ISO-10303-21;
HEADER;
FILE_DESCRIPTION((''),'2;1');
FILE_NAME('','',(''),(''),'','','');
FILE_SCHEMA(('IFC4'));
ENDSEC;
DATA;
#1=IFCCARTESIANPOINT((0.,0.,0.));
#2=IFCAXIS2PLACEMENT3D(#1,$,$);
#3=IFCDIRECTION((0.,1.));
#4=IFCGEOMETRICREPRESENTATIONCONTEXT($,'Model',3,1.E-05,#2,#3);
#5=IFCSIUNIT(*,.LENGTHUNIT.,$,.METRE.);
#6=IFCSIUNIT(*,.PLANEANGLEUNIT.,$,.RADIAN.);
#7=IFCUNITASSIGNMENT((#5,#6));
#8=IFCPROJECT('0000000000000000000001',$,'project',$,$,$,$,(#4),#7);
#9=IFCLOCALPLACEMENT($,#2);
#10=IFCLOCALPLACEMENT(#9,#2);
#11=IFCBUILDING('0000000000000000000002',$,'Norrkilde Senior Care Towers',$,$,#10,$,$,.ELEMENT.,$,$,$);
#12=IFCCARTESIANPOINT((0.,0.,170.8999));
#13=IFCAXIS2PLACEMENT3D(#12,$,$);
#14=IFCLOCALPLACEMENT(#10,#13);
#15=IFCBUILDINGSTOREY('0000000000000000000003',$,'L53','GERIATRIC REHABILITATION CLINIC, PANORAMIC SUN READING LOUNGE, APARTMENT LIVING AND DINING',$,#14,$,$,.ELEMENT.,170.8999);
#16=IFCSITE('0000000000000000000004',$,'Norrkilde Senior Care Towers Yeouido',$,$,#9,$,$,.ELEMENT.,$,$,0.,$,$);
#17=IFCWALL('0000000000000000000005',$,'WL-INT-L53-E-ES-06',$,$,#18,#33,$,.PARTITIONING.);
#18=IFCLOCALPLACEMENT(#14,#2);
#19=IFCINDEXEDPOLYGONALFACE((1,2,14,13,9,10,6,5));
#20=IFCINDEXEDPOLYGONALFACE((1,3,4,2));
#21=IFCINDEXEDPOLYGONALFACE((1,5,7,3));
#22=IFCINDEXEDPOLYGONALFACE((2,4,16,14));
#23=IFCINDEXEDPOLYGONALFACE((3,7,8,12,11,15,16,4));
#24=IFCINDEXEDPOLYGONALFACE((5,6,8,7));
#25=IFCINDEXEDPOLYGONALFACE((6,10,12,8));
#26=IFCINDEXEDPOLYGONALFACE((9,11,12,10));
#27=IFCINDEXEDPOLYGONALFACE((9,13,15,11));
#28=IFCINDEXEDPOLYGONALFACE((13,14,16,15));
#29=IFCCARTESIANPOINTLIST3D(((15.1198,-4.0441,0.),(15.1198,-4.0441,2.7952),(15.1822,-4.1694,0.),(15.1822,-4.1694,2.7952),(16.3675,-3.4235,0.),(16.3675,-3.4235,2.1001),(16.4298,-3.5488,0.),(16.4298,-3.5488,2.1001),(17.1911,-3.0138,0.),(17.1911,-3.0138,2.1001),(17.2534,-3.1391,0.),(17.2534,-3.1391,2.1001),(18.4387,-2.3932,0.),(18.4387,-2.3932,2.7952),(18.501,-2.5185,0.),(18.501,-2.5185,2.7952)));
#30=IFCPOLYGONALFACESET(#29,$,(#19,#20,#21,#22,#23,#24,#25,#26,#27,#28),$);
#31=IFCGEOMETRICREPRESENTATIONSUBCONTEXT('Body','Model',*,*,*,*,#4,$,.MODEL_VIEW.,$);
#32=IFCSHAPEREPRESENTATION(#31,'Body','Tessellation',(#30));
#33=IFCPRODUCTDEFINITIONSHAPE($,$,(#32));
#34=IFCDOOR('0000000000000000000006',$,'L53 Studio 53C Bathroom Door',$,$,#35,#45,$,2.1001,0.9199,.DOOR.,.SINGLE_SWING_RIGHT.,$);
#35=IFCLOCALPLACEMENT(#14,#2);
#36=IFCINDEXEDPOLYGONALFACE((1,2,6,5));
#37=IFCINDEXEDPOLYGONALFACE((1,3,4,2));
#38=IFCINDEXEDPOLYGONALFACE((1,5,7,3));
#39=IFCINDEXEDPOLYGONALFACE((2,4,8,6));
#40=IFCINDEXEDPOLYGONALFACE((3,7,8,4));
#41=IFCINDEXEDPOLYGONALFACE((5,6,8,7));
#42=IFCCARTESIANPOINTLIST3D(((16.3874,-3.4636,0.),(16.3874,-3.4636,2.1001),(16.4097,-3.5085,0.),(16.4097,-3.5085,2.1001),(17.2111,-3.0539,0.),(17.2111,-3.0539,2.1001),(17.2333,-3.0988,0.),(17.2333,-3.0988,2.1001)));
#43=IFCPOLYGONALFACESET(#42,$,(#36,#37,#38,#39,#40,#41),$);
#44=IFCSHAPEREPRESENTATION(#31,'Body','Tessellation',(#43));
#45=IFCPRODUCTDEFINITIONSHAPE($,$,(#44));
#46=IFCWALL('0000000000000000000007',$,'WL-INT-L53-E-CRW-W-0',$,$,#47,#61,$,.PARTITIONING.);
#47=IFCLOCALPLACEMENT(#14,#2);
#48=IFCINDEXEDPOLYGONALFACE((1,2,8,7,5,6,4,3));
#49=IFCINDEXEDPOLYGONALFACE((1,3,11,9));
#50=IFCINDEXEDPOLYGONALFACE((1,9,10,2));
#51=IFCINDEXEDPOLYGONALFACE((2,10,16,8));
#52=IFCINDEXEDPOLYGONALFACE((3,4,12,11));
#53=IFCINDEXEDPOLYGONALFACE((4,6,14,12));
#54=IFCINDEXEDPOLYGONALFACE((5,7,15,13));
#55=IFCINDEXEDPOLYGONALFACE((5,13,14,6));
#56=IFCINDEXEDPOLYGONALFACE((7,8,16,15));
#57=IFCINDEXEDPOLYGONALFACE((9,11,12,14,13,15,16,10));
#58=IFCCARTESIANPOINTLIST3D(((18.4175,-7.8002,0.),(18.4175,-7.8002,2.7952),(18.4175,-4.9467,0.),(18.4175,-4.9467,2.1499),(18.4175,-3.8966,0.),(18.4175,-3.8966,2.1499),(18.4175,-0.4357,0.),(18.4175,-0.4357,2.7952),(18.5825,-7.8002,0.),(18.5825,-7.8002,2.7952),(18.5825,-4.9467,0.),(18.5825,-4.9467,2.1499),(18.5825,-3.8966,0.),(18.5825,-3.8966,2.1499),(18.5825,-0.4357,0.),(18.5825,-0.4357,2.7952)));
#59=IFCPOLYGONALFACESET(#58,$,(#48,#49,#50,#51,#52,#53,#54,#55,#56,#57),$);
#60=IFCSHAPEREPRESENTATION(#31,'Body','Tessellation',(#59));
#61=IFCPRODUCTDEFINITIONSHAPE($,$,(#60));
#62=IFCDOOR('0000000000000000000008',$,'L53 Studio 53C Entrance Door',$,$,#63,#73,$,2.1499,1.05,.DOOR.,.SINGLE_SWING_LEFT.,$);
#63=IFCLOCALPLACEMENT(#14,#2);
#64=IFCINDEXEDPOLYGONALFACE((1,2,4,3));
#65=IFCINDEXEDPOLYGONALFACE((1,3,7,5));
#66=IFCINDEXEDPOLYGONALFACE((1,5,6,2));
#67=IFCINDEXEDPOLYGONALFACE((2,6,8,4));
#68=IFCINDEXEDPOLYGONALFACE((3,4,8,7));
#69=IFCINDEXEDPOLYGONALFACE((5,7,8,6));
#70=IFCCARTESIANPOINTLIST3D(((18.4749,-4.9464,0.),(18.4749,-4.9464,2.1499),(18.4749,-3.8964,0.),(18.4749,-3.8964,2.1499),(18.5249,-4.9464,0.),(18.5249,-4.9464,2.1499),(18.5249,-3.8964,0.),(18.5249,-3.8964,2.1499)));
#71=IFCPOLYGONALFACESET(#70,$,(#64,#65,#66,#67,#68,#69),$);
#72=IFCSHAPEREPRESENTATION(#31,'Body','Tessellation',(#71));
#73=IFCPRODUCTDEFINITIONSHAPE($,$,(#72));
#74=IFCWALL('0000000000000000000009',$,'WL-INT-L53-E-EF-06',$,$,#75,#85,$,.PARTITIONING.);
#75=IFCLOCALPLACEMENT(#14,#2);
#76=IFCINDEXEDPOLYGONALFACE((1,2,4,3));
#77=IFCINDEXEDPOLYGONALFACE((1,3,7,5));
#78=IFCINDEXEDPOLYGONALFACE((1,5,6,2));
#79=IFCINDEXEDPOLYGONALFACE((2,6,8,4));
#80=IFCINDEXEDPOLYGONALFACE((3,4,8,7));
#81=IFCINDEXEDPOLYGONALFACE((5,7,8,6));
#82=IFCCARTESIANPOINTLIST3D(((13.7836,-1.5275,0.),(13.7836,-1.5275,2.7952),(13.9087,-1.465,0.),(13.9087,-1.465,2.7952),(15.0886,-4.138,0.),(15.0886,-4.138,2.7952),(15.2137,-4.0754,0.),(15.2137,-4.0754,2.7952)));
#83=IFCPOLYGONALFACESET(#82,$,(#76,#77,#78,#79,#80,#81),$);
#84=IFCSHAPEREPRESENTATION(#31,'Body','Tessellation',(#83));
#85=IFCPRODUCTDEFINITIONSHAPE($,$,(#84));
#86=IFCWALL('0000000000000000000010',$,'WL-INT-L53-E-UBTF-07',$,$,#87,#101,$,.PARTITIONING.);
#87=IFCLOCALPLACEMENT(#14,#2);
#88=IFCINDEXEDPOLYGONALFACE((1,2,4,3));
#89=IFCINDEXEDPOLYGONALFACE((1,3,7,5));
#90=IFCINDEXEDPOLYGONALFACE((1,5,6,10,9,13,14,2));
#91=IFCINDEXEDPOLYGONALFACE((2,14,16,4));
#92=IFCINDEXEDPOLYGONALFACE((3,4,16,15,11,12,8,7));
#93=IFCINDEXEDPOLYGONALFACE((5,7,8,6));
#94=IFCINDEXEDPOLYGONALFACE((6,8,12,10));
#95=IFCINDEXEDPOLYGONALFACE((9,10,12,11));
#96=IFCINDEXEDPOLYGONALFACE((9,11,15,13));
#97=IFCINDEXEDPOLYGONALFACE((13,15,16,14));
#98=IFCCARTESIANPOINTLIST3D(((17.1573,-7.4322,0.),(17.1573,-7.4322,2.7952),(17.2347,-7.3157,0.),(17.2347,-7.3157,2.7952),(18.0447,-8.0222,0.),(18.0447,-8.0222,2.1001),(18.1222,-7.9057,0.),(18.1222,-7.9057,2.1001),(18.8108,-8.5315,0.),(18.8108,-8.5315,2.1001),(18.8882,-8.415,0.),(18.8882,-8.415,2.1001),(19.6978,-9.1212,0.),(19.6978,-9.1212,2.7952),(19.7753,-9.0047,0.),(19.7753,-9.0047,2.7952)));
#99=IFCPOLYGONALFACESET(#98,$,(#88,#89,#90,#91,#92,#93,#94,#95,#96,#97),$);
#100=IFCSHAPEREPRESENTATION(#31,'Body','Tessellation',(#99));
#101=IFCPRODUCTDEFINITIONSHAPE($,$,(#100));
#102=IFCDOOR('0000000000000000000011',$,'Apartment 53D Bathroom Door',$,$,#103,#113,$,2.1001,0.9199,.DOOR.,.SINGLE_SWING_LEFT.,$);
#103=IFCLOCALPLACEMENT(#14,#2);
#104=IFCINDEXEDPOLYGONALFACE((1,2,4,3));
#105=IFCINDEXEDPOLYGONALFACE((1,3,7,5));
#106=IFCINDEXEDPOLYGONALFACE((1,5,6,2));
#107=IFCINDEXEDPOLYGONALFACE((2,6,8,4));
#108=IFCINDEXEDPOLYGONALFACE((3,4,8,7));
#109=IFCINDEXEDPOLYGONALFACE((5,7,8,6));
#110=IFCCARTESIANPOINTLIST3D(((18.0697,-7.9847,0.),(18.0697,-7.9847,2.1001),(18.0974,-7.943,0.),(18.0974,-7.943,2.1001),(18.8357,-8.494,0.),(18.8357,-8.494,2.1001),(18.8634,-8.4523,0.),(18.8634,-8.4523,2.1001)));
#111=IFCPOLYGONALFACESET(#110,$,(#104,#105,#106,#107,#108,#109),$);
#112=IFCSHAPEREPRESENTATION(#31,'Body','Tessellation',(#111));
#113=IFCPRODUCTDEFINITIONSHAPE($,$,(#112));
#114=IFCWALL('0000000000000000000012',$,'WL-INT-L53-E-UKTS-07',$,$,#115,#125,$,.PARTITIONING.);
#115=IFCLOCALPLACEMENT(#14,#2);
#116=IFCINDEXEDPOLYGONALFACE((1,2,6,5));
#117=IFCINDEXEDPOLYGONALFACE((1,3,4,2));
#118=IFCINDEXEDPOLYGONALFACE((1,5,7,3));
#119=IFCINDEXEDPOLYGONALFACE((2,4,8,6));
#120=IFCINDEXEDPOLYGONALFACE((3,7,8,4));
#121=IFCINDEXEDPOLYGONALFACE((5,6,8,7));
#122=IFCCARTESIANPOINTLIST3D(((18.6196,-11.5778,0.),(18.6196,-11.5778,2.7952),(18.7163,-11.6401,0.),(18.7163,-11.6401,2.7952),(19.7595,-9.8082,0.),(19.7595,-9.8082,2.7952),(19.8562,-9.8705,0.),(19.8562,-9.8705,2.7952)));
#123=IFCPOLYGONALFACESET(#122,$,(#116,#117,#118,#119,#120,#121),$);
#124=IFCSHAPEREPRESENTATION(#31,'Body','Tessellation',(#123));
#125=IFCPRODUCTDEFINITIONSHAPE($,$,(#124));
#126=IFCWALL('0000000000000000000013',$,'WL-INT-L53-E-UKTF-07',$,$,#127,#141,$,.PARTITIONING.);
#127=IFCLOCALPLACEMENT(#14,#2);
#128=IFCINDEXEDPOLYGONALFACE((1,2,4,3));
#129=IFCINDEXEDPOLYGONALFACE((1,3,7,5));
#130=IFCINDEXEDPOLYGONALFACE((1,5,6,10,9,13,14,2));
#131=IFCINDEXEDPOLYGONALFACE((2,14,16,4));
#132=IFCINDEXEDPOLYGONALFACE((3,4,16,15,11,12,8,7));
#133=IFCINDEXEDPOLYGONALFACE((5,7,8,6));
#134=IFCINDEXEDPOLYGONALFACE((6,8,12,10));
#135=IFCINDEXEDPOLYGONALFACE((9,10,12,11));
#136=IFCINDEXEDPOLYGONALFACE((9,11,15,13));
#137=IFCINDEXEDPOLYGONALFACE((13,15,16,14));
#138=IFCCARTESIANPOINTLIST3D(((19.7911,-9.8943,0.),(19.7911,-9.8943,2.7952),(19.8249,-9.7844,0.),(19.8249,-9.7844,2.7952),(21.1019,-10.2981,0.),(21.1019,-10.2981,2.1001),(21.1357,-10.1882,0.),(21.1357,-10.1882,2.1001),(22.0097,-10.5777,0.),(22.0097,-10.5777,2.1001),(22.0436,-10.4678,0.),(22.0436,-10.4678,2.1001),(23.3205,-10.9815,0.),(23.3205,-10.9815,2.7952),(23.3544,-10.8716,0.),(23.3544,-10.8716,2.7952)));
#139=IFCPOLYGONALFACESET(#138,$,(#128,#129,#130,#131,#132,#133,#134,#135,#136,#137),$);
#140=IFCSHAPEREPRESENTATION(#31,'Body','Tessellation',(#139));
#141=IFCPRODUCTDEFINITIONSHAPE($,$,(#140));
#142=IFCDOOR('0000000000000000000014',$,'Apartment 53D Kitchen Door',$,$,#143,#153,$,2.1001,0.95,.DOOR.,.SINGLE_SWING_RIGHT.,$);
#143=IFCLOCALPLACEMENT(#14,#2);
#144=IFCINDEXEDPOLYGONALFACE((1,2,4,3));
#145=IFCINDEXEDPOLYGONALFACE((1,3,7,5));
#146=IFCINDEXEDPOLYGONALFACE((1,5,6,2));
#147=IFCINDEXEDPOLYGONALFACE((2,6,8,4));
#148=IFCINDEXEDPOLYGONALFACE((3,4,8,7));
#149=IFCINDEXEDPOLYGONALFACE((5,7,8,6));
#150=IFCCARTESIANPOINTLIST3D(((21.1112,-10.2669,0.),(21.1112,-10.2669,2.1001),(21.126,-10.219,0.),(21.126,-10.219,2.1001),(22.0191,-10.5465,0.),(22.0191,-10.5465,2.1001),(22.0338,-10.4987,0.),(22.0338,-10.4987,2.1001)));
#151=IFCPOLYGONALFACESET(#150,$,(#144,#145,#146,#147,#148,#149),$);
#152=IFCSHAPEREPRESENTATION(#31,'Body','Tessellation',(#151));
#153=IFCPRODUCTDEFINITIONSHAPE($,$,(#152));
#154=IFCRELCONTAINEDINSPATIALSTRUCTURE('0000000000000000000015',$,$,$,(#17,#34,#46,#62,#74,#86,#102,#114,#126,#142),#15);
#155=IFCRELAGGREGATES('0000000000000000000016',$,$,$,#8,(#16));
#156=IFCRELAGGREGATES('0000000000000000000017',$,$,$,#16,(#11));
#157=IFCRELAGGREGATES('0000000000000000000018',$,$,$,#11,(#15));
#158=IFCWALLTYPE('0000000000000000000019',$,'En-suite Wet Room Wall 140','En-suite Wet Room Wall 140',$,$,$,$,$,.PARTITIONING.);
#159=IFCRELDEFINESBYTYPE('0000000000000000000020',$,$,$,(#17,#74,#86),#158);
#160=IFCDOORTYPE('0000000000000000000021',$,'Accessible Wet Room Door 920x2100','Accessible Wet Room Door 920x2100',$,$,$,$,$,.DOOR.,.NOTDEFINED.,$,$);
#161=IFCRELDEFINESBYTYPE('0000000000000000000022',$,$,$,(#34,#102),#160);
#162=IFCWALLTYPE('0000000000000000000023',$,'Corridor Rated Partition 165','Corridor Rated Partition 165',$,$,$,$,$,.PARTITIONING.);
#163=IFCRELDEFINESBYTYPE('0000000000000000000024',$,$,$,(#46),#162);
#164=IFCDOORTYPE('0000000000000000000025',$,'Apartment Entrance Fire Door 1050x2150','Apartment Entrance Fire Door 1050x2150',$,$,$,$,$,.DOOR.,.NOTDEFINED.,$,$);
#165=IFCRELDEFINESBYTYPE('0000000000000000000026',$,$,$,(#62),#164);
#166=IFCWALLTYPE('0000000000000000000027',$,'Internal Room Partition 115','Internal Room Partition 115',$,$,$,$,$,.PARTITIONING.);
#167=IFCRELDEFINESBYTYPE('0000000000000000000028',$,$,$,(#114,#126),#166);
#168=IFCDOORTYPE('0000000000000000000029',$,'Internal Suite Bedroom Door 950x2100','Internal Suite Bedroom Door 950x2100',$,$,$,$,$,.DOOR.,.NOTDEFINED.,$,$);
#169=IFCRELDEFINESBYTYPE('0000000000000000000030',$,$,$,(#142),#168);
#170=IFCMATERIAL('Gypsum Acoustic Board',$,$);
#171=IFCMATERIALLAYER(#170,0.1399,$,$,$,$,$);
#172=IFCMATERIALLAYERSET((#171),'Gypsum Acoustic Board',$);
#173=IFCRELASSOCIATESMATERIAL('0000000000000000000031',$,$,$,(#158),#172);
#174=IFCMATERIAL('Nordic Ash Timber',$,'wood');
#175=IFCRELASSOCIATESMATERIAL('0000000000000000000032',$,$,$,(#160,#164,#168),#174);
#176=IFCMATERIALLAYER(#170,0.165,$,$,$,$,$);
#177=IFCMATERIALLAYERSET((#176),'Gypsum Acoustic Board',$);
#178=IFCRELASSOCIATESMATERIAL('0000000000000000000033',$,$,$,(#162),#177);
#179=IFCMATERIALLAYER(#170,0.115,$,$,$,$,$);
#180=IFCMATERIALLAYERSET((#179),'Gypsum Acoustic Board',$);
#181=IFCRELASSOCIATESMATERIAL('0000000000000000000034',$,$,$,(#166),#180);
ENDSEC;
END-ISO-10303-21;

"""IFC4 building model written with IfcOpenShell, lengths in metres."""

from ifc_helpers import new_model, si_unit, direction, frame, frame_2d, origin, place, context, subcontext, project, spatial, rectangle, extrude, source, transform, mapped, material, layer, layer_set, type_object, type_shapes, element, fill, save


model = new_model("IFC4")

# Units and contexts
model_context = context("Model", 3, precision=1e-05, world=origin(), true_north=direction((0.0, 1.0)))
body_context = subcontext(model_context, "Body", "Model", "MODEL_VIEW")
ifc_project = project(units=[si_unit("LENGTHUNIT", "METRE"), si_unit("PLANEANGLEUNIT", "RADIAN")], contexts=[model_context])

# Site, building, storey
site_placement = place(None, origin())
site = spatial("IfcSite", under=ifc_project, at=site_placement, Name="Norrkilde Senior Care Towers Yeouido", CompositionType="ELEMENT", RefElevation=0.0)
building_placement = place(site_placement, origin())
building = spatial("IfcBuilding", under=site, at=building_placement, Name="Norrkilde Senior Care Towers", CompositionType="ELEMENT")
storey_placement = place(building_placement, frame((0.0, 0.0, 170.8999)))
storey = spatial("IfcBuildingStorey", under=building, at=storey_placement, Name="L53", Description="GERIATRIC REHABILITATION CLINIC, PANORAMIC SUN READING LOUNGE, APARTMENT LIVING AND DINING", CompositionType="ELEMENT", Elevation=170.8999)

# Shared definitions
ifc_material_1 = material(Name="Gypsum Acoustic Board")

# Walls, openings, doors
ifc_layer_1 = layer(ifc_material_1, 0.1399)
ifc_layer_set_1 = layer_set([ifc_layer_1], Name="Gypsum Acoustic Board")
wall_type_1 = type_object("IfcWallType", Name="En-suite Wet Room Wall 140", Description="En-suite Wet Room Wall 140", PredefinedType="PARTITIONING", material=ifc_layer_set_1)
shared_shape_1 = source(origin(), body_context, "Body", "SweptSolid", [
    extrude(rectangle(XDim=3.7068, YDim=0.1399, at=frame_2d((1.8535, 0.0))), origin(), (0.0, 0.0, 1.0), 2.7952),
])
wall_1_placement = place(storey_placement, frame((18.47, -2.4558, 0.0), z_axis=(0.0, 0.0, 1.0), x_axis=(-0.895347, -0.445368, 0.0)))
wall_1 = element("IfcWall", 1, at=wall_1_placement, inside=storey, type_object=wall_type_1, Name="WL-INT-L53-E-ES-06", PredefinedType="PARTITIONING", context=body_context, shape_type="MappedRepresentation", body=[
    mapped(shared_shape_1, transform((0.0, 0.0, 0.0), x_axis=(1.0, 0.0, 0.0), y_axis=(0.0, 1.0, 0.0), z_axis=(0.0, 0.0, 1.0), scale=1.0)),
])
opening_1_placement = place(wall_1_placement, frame((1.3936, 0.0, 0.0)))
opening_1 = element("IfcOpeningElement", 2, at=opening_1_placement, cuts=wall_1, PredefinedType="OPENING", context=body_context, shape_type="SweptSolid", body=[
    extrude(rectangle(XDim=0.9199, YDim=2.1001, at=frame_2d((0.46, 1.05))), frame((0.0, 0.0798, 0.0), z_axis=(0.0, -1.0, 0.0), x_axis=(1.0, 0.0, 0.0)), (0.0, 0.0, 1.0), 0.1599),
])
ifc_material_2 = material(Name="Nordic Ash Timber", Category="wood")
door_type_1 = type_object("IfcDoorType", Name="Accessible Wet Room Door 920x2100", Description="Accessible Wet Room Door 920x2100", OperationType="NOTDEFINED", PredefinedType="DOOR", material=ifc_material_2)
shared_shape_2 = source(origin(), body_context, "Body", "SweptSolid", [
    extrude(rectangle(XDim=0.9199, YDim=2.1001, at=frame_2d((0.46, 1.05))), frame((0.0, 0.0249, 0.0), z_axis=(0.0, -1.0, 0.0), x_axis=(1.0, 0.0, 0.0)), (0.0, 0.0, 1.0), 0.05),
])
type_shapes(door_type_1, [shared_shape_2])
door_1_placement = place(opening_1_placement, origin())
door_1 = element("IfcDoor", 3, at=door_1_placement, inside=storey, type_object=door_type_1, Name="L53 Studio 53C Bathroom Door", OperationType="SINGLE_SWING_RIGHT", OverallHeight=2.1001, OverallWidth=0.9199, PredefinedType="DOOR", context=body_context, shape_type="MappedRepresentation", body=[
    mapped(shared_shape_2, transform((0.0, 0.0, 0.0), x_axis=(1.0, 0.0, 0.0), y_axis=(0.0, 1.0, 0.0), z_axis=(0.0, 0.0, 1.0), scale=1.0)),
])
fill(opening_1, door_1)
ifc_layer_2 = layer(ifc_material_1, 0.165)
ifc_layer_set_2 = layer_set([ifc_layer_2], Name="Gypsum Acoustic Board")
wall_type_2 = type_object("IfcWallType", Name="Corridor Rated Partition 165", Description="Corridor Rated Partition 165", PredefinedType="PARTITIONING", material=ifc_layer_set_2)
shared_shape_3 = source(origin(), body_context, "Body", "SweptSolid", [
    extrude(rectangle(XDim=7.3645, YDim=0.165, at=frame_2d((3.6821, 0.0))), origin(), (0.0, 0.0, 1.0), 2.7952),
])
type_shapes(wall_type_2, [shared_shape_3])
wall_2_placement = place(storey_placement, frame((18.5, -7.8, 0.0), z_axis=(0.0, 0.0, 1.0), x_axis=(0.0, 1.0, 0.0)))
wall_2 = element("IfcWall", 4, at=wall_2_placement, inside=storey, type_object=wall_type_2, Name="WL-INT-L53-E-CRW-W-0", PredefinedType="PARTITIONING", context=body_context, shape_type="MappedRepresentation", body=[
    mapped(shared_shape_3, transform((0.0, 0.0, 0.0), x_axis=(1.0, 0.0, 0.0), y_axis=(0.0, 1.0, 0.0), z_axis=(0.0, 0.0, 1.0), scale=1.0)),
])
opening_2_placement = place(wall_2_placement, frame((2.8535, 0.0, 0.0)))
opening_2 = element("IfcOpeningElement", 5, at=opening_2_placement, cuts=wall_2, PredefinedType="OPENING", context=body_context, shape_type="SweptSolid", body=[
    extrude(rectangle(XDim=1.05, YDim=2.1499, at=frame_2d((0.5249, 1.075))), frame((0.0, 0.0925, 0.0), z_axis=(0.0, -1.0, 0.0), x_axis=(1.0, 0.0, 0.0)), (0.0, 0.0, 1.0), 0.1851),
])
door_type_2 = type_object("IfcDoorType", Name="Apartment Entrance Fire Door 1050x2150", Description="Apartment Entrance Fire Door 1050x2150", OperationType="NOTDEFINED", PredefinedType="DOOR", material=ifc_material_2)
shared_shape_4 = source(origin(), body_context, "Body", "SweptSolid", [
    extrude(rectangle(XDim=1.05, YDim=2.1499, at=frame_2d((0.5249, 1.075))), frame((0.0, 0.0249, 0.0), z_axis=(0.0, -1.0, 0.0), x_axis=(1.0, 0.0, 0.0)), (0.0, 0.0, 1.0), 0.05),
])
type_shapes(door_type_2, [shared_shape_4])
door_2_placement = place(opening_2_placement, frame((1.05, 0.0, 0.0), z_axis=(0.0, 0.0, 1.0), x_axis=(-1.0, 0.0, 0.0)))
door_2 = element("IfcDoor", 6, at=door_2_placement, inside=storey, type_object=door_type_2, Name="L53 Studio 53C Entrance Door", OperationType="SINGLE_SWING_LEFT", OverallHeight=2.1499, OverallWidth=1.05, PredefinedType="DOOR", context=body_context, shape_type="MappedRepresentation", body=[
    mapped(shared_shape_4, transform((0.0, 0.0, 0.0), x_axis=(1.0, 0.0, 0.0), y_axis=(0.0, 1.0, 0.0), z_axis=(0.0, 0.0, 1.0), scale=1.0)),
])
fill(opening_2, door_2)

# Wall
shared_shape_5 = source(origin(), body_context, "Body", "SweptSolid", [
    extrude(rectangle(XDim=2.9185, YDim=0.1399, at=frame_2d((1.4592, 0.0))), origin(), (0.0, 0.0, 1.0), 2.7952),
])
wall_3_placement = place(storey_placement, frame((15.1511, -4.1067, 0.0), z_axis=(0.0, 0.0, 1.0), x_axis=(-0.447147, 0.894461, 0.0)))
element("IfcWall", 7, at=wall_3_placement, inside=storey, type_object=wall_type_1, Name="WL-INT-L53-E-EF-06", PredefinedType="PARTITIONING", context=body_context, shape_type="MappedRepresentation", body=[
    mapped(shared_shape_5, transform((0.0, 0.0, 0.0), x_axis=(1.0, 0.0, 0.0), y_axis=(0.0, 1.0, 0.0), z_axis=(0.0, 0.0, 1.0), scale=1.0)),
])

# Wall, opening, door
shared_shape_6 = source(origin(), body_context, "Body", "SweptSolid", [
    extrude(rectangle(XDim=3.0508, YDim=0.1399, at=frame_2d((1.5254, 0.0))), origin(), (0.0, 0.0, 1.0), 2.7952),
])
type_shapes(wall_type_1, [shared_shape_1, shared_shape_5, shared_shape_6])
wall_4_placement = place(storey_placement, frame((19.7366, -9.063, 0.0), z_axis=(0.0, 0.0, 1.0), x_axis=(-0.832764, 0.553629, 0.0)))
wall_4 = element("IfcWall", 8, at=wall_4_placement, inside=storey, type_object=wall_type_1, Name="WL-INT-L53-E-UBTF-07", PredefinedType="PARTITIONING", context=body_context, shape_type="MappedRepresentation", body=[
    mapped(shared_shape_6, transform((0.0, 0.0, 0.0), x_axis=(1.0, 0.0, 0.0), y_axis=(0.0, 1.0, 0.0), z_axis=(0.0, 0.0, 1.0), scale=1.0)),
])
opening_3_placement = place(wall_4_placement, frame((1.0652, 0.0, 0.0)))
opening_3 = element("IfcOpeningElement", 9, at=opening_3_placement, cuts=wall_4, PredefinedType="OPENING", context=body_context, shape_type="SweptSolid", body=[
    extrude(rectangle(XDim=0.9199, YDim=2.1001, at=frame_2d((0.46, 1.05))), frame((0.0, 0.0798, 0.0), z_axis=(0.0, -1.0, 0.0), x_axis=(1.0, 0.0, 0.0)), (0.0, 0.0, 1.0), 0.1599),
])
door_3_placement = place(opening_3_placement, origin())
door_3 = element("IfcDoor", 10, at=door_3_placement, inside=storey, type_object=door_type_1, Name="Apartment 53D Bathroom Door", OperationType="SINGLE_SWING_LEFT", OverallHeight=2.1001, OverallWidth=0.9199, PredefinedType="DOOR", context=body_context, shape_type="MappedRepresentation", body=[
    mapped(shared_shape_2, transform((0.0, 0.0, 0.0), x_axis=(1.0, 0.0, 0.0), y_axis=(0.0, 1.0, 0.0), z_axis=(0.0, 0.0, 1.0), scale=1.0)),
])
fill(opening_3, door_3)

# Wall
ifc_layer_3 = layer(ifc_material_1, 0.115)
ifc_layer_set_3 = layer_set([ifc_layer_3], Name="Gypsum Acoustic Board")
wall_type_3 = type_object("IfcWallType", Name="Internal Room Partition 115", Description="Internal Room Partition 115", PredefinedType="PARTITIONING", material=ifc_layer_set_3)
shared_shape_7 = source(origin(), body_context, "Body", "SweptSolid", [
    extrude(rectangle(XDim=2.105, YDim=0.115, at=frame_2d((1.0525, 0.0))), origin(), (0.0, 0.0, 1.0), 2.7952),
])
wall_5_placement = place(storey_placement, frame((19.8079, -9.8394, 0.0), z_axis=(0.0, 0.0, 1.0), x_axis=(-0.541543, -0.840673, 0.0)))
element("IfcWall", 11, at=wall_5_placement, inside=storey, type_object=wall_type_3, Name="WL-INT-L53-E-UKTS-07", PredefinedType="PARTITIONING", context=body_context, shape_type="MappedRepresentation", body=[
    mapped(shared_shape_7, transform((0.0, 0.0, 0.0), x_axis=(1.0, 0.0, 0.0), y_axis=(0.0, 1.0, 0.0), z_axis=(0.0, 0.0, 1.0), scale=1.0)),
])

# Wall, opening, door
shared_shape_8 = source(origin(), body_context, "Body", "SweptSolid", [
    extrude(rectangle(XDim=3.6931, YDim=0.115, at=frame_2d((1.8467, 0.0))), origin(), (0.0, 0.0, 1.0), 2.7952),
])
type_shapes(wall_type_3, [shared_shape_7, shared_shape_8])
wall_6_placement = place(storey_placement, frame((19.8079, -9.8394, 0.0), z_axis=(0.0, 0.0, 1.0), x_axis=(0.955692, -0.294369, 0.0)))
wall_6 = element("IfcWall", 12, at=wall_6_placement, inside=storey, type_object=wall_type_3, Name="WL-INT-L53-E-UKTF-07", PredefinedType="PARTITIONING", context=body_context, shape_type="MappedRepresentation", body=[
    mapped(shared_shape_8, transform((0.0, 0.0, 0.0), x_axis=(1.0, 0.0, 0.0), y_axis=(0.0, 1.0, 0.0), z_axis=(0.0, 0.0, 1.0), scale=1.0)),
])
opening_4_placement = place(wall_6_placement, frame((1.3716, 0.0, 0.0)))
opening_4 = element("IfcOpeningElement", 13, at=opening_4_placement, cuts=wall_6, PredefinedType="OPENING", context=body_context, shape_type="SweptSolid", body=[
    extrude(rectangle(XDim=0.95, YDim=2.1001, at=frame_2d((0.4751, 1.05))), frame((0.0, 0.0674, 0.0), z_axis=(0.0, -1.0, 0.0), x_axis=(1.0, 0.0, 0.0)), (0.0, 0.0, 1.0), 0.135),
])
door_type_3 = type_object("IfcDoorType", Name="Internal Suite Bedroom Door 950x2100", Description="Internal Suite Bedroom Door 950x2100", OperationType="NOTDEFINED", PredefinedType="DOOR", material=ifc_material_2)
shared_shape_9 = source(origin(), body_context, "Body", "SweptSolid", [
    extrude(rectangle(XDim=0.95, YDim=2.1001, at=frame_2d((0.4751, 1.05))), frame((0.0, 0.0249, 0.0), z_axis=(0.0, -1.0, 0.0), x_axis=(1.0, 0.0, 0.0)), (0.0, 0.0, 1.0), 0.05),
])
type_shapes(door_type_3, [shared_shape_9])
door_4_placement = place(opening_4_placement, frame((0.95, 0.0, 0.0), z_axis=(0.0, 0.0, 1.0), x_axis=(-1.0, 0.0, 0.0)))
door_4 = element("IfcDoor", 14, at=door_4_placement, inside=storey, type_object=door_type_3, Name="Apartment 53D Kitchen Door", OperationType="SINGLE_SWING_RIGHT", OverallHeight=2.1001, OverallWidth=0.95, PredefinedType="DOOR", context=body_context, shape_type="MappedRepresentation", body=[
    mapped(shared_shape_9, transform((0.0, 0.0, 0.0), x_axis=(1.0, 0.0, 0.0), y_axis=(0.0, 1.0, 0.0), z_axis=(0.0, 0.0, 1.0), scale=1.0)),
])
fill(opening_4, door_4)

save(model, "model.ifc")
